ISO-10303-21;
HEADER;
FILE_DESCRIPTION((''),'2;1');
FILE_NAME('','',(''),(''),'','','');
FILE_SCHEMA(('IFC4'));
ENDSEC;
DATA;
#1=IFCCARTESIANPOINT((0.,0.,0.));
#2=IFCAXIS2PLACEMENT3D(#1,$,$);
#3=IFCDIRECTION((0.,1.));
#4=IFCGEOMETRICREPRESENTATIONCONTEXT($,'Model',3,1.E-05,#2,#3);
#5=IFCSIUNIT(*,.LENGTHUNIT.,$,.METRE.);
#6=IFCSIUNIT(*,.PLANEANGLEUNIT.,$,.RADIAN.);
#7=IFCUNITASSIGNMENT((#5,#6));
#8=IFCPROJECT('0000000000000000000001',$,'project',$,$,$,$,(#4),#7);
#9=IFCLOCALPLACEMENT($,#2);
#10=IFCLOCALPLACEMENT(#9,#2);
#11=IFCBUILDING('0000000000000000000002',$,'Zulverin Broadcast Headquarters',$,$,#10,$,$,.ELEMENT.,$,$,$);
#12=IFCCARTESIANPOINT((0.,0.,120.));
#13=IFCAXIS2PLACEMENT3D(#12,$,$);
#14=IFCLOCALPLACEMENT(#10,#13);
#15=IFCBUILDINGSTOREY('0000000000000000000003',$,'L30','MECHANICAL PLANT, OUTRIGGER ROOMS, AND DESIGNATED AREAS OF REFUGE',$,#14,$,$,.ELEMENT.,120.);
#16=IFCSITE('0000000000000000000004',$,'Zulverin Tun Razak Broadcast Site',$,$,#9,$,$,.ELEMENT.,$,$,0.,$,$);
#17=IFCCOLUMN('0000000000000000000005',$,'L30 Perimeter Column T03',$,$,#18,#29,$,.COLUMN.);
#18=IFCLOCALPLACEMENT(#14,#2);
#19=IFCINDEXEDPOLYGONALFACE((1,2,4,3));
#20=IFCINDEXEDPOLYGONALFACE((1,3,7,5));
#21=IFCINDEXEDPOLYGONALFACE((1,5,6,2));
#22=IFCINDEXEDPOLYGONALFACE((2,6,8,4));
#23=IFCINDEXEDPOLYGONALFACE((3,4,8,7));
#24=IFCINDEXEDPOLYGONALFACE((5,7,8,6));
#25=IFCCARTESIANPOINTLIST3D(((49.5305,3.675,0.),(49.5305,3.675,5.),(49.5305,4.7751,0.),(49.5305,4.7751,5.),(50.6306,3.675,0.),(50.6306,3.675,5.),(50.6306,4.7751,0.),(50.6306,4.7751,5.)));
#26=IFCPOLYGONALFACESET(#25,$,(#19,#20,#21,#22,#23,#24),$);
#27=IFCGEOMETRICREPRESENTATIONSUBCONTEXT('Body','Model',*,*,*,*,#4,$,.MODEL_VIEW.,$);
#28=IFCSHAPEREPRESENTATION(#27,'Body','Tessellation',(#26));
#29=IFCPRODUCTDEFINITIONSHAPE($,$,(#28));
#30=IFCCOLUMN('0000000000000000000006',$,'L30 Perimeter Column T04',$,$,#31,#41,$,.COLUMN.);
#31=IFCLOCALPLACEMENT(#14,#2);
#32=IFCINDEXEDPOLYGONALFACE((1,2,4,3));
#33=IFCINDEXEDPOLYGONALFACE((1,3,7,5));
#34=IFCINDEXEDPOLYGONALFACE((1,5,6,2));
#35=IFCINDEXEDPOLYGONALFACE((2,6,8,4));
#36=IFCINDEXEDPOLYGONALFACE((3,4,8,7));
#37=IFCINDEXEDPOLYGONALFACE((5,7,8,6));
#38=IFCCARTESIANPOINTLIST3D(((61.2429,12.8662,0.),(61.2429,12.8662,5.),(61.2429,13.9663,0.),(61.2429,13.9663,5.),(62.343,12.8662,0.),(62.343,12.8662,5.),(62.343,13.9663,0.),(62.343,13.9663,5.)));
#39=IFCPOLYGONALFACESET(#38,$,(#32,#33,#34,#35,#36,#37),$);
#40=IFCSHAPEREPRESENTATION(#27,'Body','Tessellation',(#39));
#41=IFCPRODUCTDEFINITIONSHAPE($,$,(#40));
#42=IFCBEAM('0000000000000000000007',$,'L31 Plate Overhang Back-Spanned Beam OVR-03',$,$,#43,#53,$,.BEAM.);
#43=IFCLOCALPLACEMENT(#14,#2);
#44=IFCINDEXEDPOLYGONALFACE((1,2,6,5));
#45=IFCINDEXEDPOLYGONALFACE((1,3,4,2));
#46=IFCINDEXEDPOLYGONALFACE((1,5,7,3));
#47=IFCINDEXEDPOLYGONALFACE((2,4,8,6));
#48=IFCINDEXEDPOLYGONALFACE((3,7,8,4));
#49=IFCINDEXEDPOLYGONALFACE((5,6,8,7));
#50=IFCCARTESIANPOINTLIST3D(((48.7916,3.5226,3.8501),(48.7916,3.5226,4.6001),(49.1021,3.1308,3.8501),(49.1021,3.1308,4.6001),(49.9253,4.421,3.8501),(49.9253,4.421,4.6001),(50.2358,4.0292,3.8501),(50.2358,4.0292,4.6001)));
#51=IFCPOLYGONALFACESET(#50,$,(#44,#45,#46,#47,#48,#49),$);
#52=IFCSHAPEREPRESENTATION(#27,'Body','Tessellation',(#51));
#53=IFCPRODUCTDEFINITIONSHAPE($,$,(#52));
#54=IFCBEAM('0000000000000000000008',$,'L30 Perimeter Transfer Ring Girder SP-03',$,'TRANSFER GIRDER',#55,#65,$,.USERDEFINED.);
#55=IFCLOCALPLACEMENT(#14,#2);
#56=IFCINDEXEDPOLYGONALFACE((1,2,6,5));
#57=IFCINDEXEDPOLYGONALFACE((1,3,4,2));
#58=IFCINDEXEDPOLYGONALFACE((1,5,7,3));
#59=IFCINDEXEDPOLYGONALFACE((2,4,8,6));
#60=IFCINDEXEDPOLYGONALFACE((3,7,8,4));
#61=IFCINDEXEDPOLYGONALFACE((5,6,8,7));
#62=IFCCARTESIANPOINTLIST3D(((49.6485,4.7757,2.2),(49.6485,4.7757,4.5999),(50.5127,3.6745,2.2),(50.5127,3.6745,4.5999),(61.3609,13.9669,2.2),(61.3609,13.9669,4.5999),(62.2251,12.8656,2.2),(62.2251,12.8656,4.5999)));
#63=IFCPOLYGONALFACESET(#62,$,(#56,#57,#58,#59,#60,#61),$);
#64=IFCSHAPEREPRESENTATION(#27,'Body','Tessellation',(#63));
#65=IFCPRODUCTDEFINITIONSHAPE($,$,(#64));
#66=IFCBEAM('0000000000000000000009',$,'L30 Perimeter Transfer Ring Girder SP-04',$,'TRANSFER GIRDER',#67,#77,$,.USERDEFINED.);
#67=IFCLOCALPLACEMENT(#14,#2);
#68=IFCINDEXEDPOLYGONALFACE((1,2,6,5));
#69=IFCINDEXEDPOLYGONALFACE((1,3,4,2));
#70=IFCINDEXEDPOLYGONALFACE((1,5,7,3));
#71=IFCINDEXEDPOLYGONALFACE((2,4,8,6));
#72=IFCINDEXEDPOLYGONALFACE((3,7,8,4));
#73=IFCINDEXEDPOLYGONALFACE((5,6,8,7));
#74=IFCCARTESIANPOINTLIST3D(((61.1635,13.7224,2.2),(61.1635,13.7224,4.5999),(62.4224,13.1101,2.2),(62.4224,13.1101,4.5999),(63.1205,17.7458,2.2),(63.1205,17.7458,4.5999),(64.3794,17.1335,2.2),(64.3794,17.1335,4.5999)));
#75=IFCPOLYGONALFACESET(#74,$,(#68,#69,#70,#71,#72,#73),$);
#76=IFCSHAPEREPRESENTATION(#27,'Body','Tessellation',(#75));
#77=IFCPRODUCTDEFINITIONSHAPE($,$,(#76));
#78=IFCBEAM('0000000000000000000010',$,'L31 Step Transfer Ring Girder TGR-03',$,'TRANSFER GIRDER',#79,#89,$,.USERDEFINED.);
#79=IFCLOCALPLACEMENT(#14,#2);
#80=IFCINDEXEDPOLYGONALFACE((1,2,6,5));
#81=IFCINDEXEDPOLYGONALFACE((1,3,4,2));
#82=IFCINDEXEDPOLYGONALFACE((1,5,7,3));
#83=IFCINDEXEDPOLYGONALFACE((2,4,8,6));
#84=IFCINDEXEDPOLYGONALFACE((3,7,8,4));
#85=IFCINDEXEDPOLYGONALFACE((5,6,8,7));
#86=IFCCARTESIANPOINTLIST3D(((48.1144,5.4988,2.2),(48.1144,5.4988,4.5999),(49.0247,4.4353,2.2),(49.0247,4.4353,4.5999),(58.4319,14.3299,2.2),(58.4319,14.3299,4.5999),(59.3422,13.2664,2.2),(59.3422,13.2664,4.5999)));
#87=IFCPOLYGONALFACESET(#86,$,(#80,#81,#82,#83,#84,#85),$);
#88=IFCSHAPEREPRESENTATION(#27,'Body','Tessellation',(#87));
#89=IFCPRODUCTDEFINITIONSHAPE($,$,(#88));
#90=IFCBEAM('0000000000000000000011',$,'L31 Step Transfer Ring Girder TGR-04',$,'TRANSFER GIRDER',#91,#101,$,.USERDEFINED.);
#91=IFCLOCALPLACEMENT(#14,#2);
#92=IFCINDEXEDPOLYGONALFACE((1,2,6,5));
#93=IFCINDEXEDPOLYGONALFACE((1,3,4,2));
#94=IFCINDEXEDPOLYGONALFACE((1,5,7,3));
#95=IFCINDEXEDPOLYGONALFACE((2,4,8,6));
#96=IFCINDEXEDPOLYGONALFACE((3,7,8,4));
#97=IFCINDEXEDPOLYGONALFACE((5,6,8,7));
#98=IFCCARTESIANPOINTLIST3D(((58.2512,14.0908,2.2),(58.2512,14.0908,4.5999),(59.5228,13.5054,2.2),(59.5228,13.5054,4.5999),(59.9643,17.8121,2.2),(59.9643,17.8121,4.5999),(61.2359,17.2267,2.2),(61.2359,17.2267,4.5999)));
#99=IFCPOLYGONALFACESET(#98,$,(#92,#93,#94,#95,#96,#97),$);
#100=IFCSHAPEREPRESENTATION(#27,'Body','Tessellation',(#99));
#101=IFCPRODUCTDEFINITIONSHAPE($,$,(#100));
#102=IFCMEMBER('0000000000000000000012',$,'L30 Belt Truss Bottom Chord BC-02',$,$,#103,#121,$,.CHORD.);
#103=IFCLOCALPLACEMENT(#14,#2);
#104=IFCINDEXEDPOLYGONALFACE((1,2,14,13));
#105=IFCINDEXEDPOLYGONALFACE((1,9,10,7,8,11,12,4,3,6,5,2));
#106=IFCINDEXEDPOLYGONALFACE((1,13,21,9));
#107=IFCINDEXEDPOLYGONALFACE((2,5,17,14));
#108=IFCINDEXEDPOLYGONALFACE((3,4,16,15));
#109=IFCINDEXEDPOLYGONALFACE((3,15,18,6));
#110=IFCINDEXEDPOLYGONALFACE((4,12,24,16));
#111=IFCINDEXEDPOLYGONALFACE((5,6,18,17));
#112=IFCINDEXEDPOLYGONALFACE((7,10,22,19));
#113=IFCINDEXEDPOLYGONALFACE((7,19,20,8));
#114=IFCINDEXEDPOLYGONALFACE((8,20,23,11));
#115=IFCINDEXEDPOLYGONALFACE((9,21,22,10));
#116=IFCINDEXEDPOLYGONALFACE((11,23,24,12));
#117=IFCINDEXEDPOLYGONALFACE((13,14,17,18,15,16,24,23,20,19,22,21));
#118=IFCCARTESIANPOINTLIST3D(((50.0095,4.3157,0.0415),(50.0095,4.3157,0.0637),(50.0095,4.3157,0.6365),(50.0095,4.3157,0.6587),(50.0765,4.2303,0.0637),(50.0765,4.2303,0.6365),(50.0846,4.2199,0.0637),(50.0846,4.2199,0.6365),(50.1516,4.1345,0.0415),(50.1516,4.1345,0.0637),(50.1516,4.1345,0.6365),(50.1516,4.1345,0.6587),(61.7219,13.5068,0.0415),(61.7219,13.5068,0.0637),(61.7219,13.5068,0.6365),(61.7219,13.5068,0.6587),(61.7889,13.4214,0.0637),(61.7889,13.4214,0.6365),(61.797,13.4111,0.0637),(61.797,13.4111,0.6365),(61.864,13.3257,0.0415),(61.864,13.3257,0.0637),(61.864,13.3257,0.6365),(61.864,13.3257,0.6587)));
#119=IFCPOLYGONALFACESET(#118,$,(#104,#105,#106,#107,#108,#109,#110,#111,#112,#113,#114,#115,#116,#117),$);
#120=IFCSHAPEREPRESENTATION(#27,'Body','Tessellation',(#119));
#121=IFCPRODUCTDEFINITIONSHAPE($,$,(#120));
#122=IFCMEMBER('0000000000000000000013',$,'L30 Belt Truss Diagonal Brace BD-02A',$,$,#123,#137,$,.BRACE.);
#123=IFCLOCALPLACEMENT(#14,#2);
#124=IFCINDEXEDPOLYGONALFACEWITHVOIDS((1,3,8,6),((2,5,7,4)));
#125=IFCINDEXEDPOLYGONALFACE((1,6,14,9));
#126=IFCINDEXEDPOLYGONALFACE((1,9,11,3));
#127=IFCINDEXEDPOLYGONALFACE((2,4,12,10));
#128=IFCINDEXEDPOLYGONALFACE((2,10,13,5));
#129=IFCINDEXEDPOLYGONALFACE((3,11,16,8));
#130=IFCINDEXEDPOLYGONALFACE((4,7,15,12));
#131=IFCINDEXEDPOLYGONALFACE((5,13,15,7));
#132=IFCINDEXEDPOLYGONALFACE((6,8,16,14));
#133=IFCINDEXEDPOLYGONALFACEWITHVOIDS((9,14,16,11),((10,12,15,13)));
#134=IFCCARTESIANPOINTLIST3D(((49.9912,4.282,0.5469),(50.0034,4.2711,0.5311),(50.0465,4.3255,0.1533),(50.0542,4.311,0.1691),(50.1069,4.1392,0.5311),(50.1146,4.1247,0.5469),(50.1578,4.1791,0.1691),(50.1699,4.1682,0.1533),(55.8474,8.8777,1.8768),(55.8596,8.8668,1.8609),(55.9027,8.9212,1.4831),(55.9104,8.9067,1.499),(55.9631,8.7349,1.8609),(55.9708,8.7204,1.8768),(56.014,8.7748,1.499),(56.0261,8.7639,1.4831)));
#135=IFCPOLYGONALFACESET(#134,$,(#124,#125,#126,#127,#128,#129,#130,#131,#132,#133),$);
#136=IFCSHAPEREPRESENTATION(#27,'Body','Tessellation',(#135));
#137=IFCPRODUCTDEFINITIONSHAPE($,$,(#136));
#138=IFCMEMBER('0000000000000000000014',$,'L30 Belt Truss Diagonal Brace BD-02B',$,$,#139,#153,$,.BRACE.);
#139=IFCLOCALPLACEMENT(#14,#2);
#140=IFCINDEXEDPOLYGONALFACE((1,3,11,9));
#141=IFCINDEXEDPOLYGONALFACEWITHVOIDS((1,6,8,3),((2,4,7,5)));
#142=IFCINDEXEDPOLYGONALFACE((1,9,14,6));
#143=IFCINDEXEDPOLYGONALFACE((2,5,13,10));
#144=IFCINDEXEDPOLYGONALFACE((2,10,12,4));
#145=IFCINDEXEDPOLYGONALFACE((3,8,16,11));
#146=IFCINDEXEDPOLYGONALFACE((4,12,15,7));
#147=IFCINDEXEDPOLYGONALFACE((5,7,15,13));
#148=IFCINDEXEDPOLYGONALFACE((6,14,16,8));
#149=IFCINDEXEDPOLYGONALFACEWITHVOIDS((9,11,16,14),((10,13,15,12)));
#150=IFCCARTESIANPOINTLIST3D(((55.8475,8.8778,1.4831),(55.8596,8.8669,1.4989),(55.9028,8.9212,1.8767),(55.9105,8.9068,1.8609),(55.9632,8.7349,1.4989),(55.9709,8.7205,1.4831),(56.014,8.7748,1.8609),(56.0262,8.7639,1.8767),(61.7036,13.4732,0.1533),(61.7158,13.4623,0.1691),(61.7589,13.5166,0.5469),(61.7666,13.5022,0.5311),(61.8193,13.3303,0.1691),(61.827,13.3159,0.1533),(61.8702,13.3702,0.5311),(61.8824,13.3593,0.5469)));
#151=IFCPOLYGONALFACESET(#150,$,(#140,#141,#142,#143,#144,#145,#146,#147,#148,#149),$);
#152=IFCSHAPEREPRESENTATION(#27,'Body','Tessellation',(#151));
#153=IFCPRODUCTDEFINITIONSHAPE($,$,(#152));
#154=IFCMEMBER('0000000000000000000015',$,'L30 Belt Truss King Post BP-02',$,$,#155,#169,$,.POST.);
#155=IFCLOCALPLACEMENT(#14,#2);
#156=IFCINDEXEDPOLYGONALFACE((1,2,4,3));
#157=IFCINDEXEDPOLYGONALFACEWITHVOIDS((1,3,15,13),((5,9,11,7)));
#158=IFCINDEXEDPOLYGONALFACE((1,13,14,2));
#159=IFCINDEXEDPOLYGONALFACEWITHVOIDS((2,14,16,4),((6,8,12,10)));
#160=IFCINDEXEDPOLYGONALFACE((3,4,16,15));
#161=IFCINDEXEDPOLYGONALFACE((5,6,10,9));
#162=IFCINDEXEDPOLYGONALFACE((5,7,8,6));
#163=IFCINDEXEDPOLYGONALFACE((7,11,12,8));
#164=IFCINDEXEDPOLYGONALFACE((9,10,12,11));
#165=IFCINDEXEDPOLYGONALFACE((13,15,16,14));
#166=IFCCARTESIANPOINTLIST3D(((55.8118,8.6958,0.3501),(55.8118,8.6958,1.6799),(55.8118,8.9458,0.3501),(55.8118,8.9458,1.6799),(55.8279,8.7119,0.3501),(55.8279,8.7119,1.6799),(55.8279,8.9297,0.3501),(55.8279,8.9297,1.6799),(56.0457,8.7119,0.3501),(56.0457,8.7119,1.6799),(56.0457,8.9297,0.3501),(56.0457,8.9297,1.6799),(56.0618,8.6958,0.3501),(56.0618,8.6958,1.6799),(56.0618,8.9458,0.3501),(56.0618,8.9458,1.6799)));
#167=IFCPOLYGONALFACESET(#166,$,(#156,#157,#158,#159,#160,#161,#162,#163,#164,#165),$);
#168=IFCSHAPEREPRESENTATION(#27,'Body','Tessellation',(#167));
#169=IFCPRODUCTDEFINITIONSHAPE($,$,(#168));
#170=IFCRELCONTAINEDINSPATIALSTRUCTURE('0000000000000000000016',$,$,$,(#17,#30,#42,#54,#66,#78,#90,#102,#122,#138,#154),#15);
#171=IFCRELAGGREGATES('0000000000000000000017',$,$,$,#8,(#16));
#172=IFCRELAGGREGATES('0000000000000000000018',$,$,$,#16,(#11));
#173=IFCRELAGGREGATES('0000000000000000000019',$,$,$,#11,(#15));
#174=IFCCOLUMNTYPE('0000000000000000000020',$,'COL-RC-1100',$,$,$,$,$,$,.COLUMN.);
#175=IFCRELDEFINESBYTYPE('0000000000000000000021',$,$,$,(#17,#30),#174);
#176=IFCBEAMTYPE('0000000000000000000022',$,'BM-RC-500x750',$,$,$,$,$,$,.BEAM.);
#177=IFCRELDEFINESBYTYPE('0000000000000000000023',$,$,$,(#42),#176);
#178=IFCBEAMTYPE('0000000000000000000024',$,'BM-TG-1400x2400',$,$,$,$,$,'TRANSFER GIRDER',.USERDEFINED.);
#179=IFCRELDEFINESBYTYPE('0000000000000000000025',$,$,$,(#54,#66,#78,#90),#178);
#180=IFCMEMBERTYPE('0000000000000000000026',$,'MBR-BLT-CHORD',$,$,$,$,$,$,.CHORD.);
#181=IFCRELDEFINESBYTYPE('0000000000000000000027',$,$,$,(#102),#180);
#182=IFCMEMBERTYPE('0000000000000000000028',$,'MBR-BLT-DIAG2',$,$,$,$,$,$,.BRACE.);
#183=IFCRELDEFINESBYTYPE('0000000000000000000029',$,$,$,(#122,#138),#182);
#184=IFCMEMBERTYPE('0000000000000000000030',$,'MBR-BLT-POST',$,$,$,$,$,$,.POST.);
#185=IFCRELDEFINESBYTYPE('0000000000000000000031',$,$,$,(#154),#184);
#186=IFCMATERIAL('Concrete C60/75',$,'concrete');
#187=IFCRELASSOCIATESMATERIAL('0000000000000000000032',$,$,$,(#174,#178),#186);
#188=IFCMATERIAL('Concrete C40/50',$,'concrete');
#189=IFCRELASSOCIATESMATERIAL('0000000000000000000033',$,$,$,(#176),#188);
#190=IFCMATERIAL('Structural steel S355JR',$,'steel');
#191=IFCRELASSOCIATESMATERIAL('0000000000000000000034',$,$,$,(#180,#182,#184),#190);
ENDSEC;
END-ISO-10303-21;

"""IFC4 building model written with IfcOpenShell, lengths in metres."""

from ifc_helpers import new_model, si_unit, direction, frame, origin, origin_2d, place, context, subcontext, project, spatial, rectangle, hollow_rectangle, i_section, extrude, material, material_profile, profile_set, type_object, element, save


model = new_model("IFC4")

# Units and contexts
model_context = context("Model", 3, precision=1e-05, world=origin(), true_north=direction((0.0, 1.0)))
body_context = subcontext(model_context, "Body", "Model", "MODEL_VIEW")
ifc_project = project(units=[si_unit("LENGTHUNIT", "METRE"), si_unit("PLANEANGLEUNIT", "RADIAN")], contexts=[model_context])

# Site, building, storey
site_placement = place(None, origin())
site = spatial("IfcSite", under=ifc_project, at=site_placement, Name="Zulverin Tun Razak Broadcast Site", CompositionType="ELEMENT", RefElevation=0.0)
building_placement = place(site_placement, origin())
building = spatial("IfcBuilding", under=site, at=building_placement, Name="Zulverin Broadcast Headquarters", CompositionType="ELEMENT")
storey_placement = place(building_placement, frame((0.0, 0.0, 120.0)))
storey = spatial("IfcBuildingStorey", under=building, at=storey_placement, Name="L30", Description="MECHANICAL PLANT, OUTRIGGER ROOMS, AND DESIGNATED AREAS OF REFUGE", CompositionType="ELEMENT", Elevation=120.0)

# Columns
ifc_material_1 = material(Name="Concrete C60/75", Category="concrete")
ifc_material_profile_1 = material_profile(ifc_material_1, rectangle(XDim=1.1001, YDim=1.1001, at=origin_2d()), Name="Concrete C60/75", Category="concrete")
ifc_profile_set_1 = profile_set([ifc_material_profile_1], Name="Concrete C60/75")
column_type = type_object("IfcColumnType", Name="COL-RC-1100", PredefinedType="COLUMN", material=ifc_profile_set_1)
for number, where, z_axis, x_axis, name in (
    (1, (50.0806, 4.2251, 0.0), (0.0, 0.0, 1.0), (1.0, 0.0, 0.0), "L30 Perimeter Column T03"),
    (2, (61.793, 13.4163, 0.0), (0.0, 0.0, 1.0), (1.0, 0.0, 0.0), "L30 Perimeter Column T04"),
):
    element("IfcColumn", number, at=place(storey_placement, frame(where, z_axis=z_axis, x_axis=x_axis)), inside=storey, type_object=column_type, Name=name, PredefinedType="COLUMN", context=body_context, shape_type="SweptSolid", body=[
        extrude(rectangle(XDim=1.1001, YDim=1.1001, at=origin_2d()), origin(), (0.0, 0.0, 1.0), 5.0),
    ])

# Beams
ifc_material_2 = material(Name="Concrete C40/50", Category="concrete")
ifc_material_profile_2 = material_profile(ifc_material_2, rectangle(XDim=0.5, YDim=0.75, at=origin_2d()), Name="Concrete C40/50", Category="concrete")
ifc_profile_set_2 = profile_set([ifc_material_profile_2], Name="Concrete C40/50")
beam_type_1 = type_object("IfcBeamType", Name="BM-RC-500x750", PredefinedType="BEAM", material=ifc_profile_set_2)
beam_1_placement = place(storey_placement, frame((50.0806, 4.2251, 4.2251), z_axis=(-0.783758, -0.621066, 0.0), x_axis=(0.621066, -0.783758, 0.0)))
element("IfcBeam", 3, at=beam_1_placement, inside=storey, type_object=beam_type_1, Name="L31 Plate Overhang Back-Spanned Beam OVR-03", PredefinedType="BEAM", context=body_context, shape_type="SweptSolid", body=[
    extrude(rectangle(XDim=0.5, YDim=0.75, at=origin_2d()), origin(), (0.0, 0.0, 1.0), 1.4465),
])
ifc_material_profile_3 = material_profile(ifc_material_1, rectangle(XDim=1.3999, YDim=2.3999, at=origin_2d()), Name="Concrete C60/75", Category="concrete")
ifc_profile_set_3 = profile_set([ifc_material_profile_3], Name="Concrete C60/75")
beam_type_2 = type_object("IfcBeamType", Name="BM-TG-1400x2400", ElementType="TRANSFER GIRDER", PredefinedType="USERDEFINED", material=ifc_profile_set_3)
beam_2_placement = place(storey_placement, frame((50.0806, 4.2251, 3.3999), z_axis=(0.786691, 0.617346, 0.0), x_axis=(-0.617346, 0.786691, 0.0)))
element("IfcBeam", 4, at=beam_2_placement, inside=storey, type_object=beam_type_2, Name="L30 Perimeter Transfer Ring Girder SP-03", ObjectType="TRANSFER GIRDER", PredefinedType="USERDEFINED", context=body_context, shape_type="SweptSolid", body=[
    extrude(rectangle(XDim=1.3999, YDim=2.3999, at=origin_2d()), origin(), (0.0, 0.0, 1.0), 14.8882),
])
beam_3_placement = place(storey_placement, frame((61.793, 13.4163, 3.3999), z_axis=(0.437408, 0.899263, 0.0), x_axis=(-0.899263, 0.437408, 0.0)))
element("IfcBeam", 5, at=beam_3_placement, inside=storey, type_object=beam_type_2, Name="L30 Perimeter Transfer Ring Girder SP-04", ObjectType="TRANSFER GIRDER", PredefinedType="USERDEFINED", context=body_context, shape_type="SweptSolid", body=[
    extrude(rectangle(XDim=1.3999, YDim=2.3999, at=origin_2d()), origin(), (0.0, 0.0, 1.0), 4.4741),
])
beam_4_placement = place(storey_placement, frame((48.5696, 4.967, 3.3999), z_axis=(0.759708, 0.650264, 0.0), x_axis=(-0.650264, 0.759708, 0.0)))
element("IfcBeam", 6, at=beam_4_placement, inside=storey, type_object=beam_type_2, Name="L31 Step Transfer Ring Girder TGR-03", ObjectType="TRANSFER GIRDER", PredefinedType="USERDEFINED", context=body_context, shape_type="SweptSolid", body=[
    extrude(rectangle(XDim=1.3999, YDim=2.3999, at=origin_2d()), origin(), (0.0, 0.0, 1.0), 13.5808),
])
beam_5_placement = place(storey_placement, frame((58.887, 13.7981, 3.3999), z_axis=(0.418185, 0.908362, 0.0), x_axis=(-0.908362, 0.418185, 0.0)))
element("IfcBeam", 7, at=beam_5_placement, inside=storey, type_object=beam_type_2, Name="L31 Step Transfer Ring Girder TGR-04", ObjectType="TRANSFER GIRDER", PredefinedType="USERDEFINED", context=body_context, shape_type="SweptSolid", body=[
    extrude(rectangle(XDim=1.3999, YDim=2.3999, at=origin_2d()), origin(), (0.0, 0.0, 1.0), 4.0967),
])

# Members
ifc_material_3 = material(Name="Structural steel S355JR", Category="steel")
ifc_material_profile_4 = material_profile(ifc_material_3, i_section(OverallWidth=0.2302, OverallDepth=0.6172, WebThickness=0.0132, FlangeThickness=0.0222, at=origin_2d()), Name="Structural steel S355JR", Category="steel")
ifc_profile_set_4 = profile_set([ifc_material_profile_4], Name="Structural steel S355JR")
member_type_1 = type_object("IfcMemberType", Name="MBR-BLT-CHORD", PredefinedType="CHORD", material=ifc_profile_set_4)
member_1_placement = place(storey_placement, frame((50.0806, 4.2251, 0.3501), z_axis=(0.786691, 0.617346, 0.0), x_axis=(-0.617346, 0.786691, 0.0)))
element("IfcMember", 8, at=member_1_placement, inside=storey, type_object=member_type_1, Name="L30 Belt Truss Bottom Chord BC-02", PredefinedType="CHORD", context=body_context, shape_type="SweptSolid", body=[
    extrude(i_section(OverallWidth=0.2302, OverallDepth=0.6172, WebThickness=0.0132, FlangeThickness=0.0222, at=origin_2d()), origin(), (0.0, 0.0, 1.0), 14.8882),
])
ifc_material_profile_5 = material_profile(ifc_material_3, hollow_rectangle(XDim=0.2, YDim=0.3999, WallThickness=0.0161, at=origin_2d()), Name="Structural steel S355JR", Category="steel")
ifc_profile_set_5 = profile_set([ifc_material_profile_5], Name="Structural steel S355JR")
member_type_2 = type_object("IfcMemberType", Name="MBR-BLT-DIAG2", PredefinedType="BRACE", material=ifc_profile_set_5)
member_2_placement = place(storey_placement, frame((50.0806, 4.2251, 0.3501), z_axis=(0.774424, 0.607735, 0.175857), x_axis=(-0.617357, 0.786684, 0.0)))
element("IfcMember", 9, at=member_2_placement, inside=storey, type_object=member_type_2, Name="L30 Belt Truss Diagonal Brace BD-02A", PredefinedType="BRACE", context=body_context, shape_type="SweptSolid", body=[
    extrude(hollow_rectangle(XDim=0.2, YDim=0.3999, WallThickness=0.0161, at=origin_2d()), origin(), (0.0, 0.0, 1.0), 7.562),
])
member_3_placement = place(storey_placement, frame((61.793, 13.4163, 0.3501), z_axis=(-0.774439, -0.607715, 0.175861), x_axis=(0.617336, -0.786699, 0.0)))
element("IfcMember", 10, at=member_3_placement, inside=storey, type_object=member_type_2, Name="L30 Belt Truss Diagonal Brace BD-02B", PredefinedType="BRACE", context=body_context, shape_type="SweptSolid", body=[
    extrude(hollow_rectangle(XDim=0.2, YDim=0.3999, WallThickness=0.0161, at=origin_2d()), origin(), (0.0, 0.0, 1.0), 7.5618),
])
ifc_material_profile_6 = material_profile(ifc_material_3, hollow_rectangle(XDim=0.25, YDim=0.25, WallThickness=0.0161, at=origin_2d()), Name="Structural steel S355JR", Category="steel")
ifc_profile_set_6 = profile_set([ifc_material_profile_6], Name="Structural steel S355JR")
member_type_3 = type_object("IfcMemberType", Name="MBR-BLT-POST", PredefinedType="POST", material=ifc_profile_set_6)
member_4_placement = place(storey_placement, frame((55.9368, 8.8208, 0.3501), z_axis=(0.0, 0.0, 1.0), x_axis=(1.0, 0.0, 0.0)))
element("IfcMember", 11, at=member_4_placement, inside=storey, type_object=member_type_3, Name="L30 Belt Truss King Post BP-02", PredefinedType="POST", context=body_context, shape_type="SweptSolid", body=[
    extrude(hollow_rectangle(XDim=0.25, YDim=0.25, WallThickness=0.0161, at=origin_2d()), origin(), (0.0, 0.0, 1.0), 1.3298),
])

save(model, "model.ifc")
